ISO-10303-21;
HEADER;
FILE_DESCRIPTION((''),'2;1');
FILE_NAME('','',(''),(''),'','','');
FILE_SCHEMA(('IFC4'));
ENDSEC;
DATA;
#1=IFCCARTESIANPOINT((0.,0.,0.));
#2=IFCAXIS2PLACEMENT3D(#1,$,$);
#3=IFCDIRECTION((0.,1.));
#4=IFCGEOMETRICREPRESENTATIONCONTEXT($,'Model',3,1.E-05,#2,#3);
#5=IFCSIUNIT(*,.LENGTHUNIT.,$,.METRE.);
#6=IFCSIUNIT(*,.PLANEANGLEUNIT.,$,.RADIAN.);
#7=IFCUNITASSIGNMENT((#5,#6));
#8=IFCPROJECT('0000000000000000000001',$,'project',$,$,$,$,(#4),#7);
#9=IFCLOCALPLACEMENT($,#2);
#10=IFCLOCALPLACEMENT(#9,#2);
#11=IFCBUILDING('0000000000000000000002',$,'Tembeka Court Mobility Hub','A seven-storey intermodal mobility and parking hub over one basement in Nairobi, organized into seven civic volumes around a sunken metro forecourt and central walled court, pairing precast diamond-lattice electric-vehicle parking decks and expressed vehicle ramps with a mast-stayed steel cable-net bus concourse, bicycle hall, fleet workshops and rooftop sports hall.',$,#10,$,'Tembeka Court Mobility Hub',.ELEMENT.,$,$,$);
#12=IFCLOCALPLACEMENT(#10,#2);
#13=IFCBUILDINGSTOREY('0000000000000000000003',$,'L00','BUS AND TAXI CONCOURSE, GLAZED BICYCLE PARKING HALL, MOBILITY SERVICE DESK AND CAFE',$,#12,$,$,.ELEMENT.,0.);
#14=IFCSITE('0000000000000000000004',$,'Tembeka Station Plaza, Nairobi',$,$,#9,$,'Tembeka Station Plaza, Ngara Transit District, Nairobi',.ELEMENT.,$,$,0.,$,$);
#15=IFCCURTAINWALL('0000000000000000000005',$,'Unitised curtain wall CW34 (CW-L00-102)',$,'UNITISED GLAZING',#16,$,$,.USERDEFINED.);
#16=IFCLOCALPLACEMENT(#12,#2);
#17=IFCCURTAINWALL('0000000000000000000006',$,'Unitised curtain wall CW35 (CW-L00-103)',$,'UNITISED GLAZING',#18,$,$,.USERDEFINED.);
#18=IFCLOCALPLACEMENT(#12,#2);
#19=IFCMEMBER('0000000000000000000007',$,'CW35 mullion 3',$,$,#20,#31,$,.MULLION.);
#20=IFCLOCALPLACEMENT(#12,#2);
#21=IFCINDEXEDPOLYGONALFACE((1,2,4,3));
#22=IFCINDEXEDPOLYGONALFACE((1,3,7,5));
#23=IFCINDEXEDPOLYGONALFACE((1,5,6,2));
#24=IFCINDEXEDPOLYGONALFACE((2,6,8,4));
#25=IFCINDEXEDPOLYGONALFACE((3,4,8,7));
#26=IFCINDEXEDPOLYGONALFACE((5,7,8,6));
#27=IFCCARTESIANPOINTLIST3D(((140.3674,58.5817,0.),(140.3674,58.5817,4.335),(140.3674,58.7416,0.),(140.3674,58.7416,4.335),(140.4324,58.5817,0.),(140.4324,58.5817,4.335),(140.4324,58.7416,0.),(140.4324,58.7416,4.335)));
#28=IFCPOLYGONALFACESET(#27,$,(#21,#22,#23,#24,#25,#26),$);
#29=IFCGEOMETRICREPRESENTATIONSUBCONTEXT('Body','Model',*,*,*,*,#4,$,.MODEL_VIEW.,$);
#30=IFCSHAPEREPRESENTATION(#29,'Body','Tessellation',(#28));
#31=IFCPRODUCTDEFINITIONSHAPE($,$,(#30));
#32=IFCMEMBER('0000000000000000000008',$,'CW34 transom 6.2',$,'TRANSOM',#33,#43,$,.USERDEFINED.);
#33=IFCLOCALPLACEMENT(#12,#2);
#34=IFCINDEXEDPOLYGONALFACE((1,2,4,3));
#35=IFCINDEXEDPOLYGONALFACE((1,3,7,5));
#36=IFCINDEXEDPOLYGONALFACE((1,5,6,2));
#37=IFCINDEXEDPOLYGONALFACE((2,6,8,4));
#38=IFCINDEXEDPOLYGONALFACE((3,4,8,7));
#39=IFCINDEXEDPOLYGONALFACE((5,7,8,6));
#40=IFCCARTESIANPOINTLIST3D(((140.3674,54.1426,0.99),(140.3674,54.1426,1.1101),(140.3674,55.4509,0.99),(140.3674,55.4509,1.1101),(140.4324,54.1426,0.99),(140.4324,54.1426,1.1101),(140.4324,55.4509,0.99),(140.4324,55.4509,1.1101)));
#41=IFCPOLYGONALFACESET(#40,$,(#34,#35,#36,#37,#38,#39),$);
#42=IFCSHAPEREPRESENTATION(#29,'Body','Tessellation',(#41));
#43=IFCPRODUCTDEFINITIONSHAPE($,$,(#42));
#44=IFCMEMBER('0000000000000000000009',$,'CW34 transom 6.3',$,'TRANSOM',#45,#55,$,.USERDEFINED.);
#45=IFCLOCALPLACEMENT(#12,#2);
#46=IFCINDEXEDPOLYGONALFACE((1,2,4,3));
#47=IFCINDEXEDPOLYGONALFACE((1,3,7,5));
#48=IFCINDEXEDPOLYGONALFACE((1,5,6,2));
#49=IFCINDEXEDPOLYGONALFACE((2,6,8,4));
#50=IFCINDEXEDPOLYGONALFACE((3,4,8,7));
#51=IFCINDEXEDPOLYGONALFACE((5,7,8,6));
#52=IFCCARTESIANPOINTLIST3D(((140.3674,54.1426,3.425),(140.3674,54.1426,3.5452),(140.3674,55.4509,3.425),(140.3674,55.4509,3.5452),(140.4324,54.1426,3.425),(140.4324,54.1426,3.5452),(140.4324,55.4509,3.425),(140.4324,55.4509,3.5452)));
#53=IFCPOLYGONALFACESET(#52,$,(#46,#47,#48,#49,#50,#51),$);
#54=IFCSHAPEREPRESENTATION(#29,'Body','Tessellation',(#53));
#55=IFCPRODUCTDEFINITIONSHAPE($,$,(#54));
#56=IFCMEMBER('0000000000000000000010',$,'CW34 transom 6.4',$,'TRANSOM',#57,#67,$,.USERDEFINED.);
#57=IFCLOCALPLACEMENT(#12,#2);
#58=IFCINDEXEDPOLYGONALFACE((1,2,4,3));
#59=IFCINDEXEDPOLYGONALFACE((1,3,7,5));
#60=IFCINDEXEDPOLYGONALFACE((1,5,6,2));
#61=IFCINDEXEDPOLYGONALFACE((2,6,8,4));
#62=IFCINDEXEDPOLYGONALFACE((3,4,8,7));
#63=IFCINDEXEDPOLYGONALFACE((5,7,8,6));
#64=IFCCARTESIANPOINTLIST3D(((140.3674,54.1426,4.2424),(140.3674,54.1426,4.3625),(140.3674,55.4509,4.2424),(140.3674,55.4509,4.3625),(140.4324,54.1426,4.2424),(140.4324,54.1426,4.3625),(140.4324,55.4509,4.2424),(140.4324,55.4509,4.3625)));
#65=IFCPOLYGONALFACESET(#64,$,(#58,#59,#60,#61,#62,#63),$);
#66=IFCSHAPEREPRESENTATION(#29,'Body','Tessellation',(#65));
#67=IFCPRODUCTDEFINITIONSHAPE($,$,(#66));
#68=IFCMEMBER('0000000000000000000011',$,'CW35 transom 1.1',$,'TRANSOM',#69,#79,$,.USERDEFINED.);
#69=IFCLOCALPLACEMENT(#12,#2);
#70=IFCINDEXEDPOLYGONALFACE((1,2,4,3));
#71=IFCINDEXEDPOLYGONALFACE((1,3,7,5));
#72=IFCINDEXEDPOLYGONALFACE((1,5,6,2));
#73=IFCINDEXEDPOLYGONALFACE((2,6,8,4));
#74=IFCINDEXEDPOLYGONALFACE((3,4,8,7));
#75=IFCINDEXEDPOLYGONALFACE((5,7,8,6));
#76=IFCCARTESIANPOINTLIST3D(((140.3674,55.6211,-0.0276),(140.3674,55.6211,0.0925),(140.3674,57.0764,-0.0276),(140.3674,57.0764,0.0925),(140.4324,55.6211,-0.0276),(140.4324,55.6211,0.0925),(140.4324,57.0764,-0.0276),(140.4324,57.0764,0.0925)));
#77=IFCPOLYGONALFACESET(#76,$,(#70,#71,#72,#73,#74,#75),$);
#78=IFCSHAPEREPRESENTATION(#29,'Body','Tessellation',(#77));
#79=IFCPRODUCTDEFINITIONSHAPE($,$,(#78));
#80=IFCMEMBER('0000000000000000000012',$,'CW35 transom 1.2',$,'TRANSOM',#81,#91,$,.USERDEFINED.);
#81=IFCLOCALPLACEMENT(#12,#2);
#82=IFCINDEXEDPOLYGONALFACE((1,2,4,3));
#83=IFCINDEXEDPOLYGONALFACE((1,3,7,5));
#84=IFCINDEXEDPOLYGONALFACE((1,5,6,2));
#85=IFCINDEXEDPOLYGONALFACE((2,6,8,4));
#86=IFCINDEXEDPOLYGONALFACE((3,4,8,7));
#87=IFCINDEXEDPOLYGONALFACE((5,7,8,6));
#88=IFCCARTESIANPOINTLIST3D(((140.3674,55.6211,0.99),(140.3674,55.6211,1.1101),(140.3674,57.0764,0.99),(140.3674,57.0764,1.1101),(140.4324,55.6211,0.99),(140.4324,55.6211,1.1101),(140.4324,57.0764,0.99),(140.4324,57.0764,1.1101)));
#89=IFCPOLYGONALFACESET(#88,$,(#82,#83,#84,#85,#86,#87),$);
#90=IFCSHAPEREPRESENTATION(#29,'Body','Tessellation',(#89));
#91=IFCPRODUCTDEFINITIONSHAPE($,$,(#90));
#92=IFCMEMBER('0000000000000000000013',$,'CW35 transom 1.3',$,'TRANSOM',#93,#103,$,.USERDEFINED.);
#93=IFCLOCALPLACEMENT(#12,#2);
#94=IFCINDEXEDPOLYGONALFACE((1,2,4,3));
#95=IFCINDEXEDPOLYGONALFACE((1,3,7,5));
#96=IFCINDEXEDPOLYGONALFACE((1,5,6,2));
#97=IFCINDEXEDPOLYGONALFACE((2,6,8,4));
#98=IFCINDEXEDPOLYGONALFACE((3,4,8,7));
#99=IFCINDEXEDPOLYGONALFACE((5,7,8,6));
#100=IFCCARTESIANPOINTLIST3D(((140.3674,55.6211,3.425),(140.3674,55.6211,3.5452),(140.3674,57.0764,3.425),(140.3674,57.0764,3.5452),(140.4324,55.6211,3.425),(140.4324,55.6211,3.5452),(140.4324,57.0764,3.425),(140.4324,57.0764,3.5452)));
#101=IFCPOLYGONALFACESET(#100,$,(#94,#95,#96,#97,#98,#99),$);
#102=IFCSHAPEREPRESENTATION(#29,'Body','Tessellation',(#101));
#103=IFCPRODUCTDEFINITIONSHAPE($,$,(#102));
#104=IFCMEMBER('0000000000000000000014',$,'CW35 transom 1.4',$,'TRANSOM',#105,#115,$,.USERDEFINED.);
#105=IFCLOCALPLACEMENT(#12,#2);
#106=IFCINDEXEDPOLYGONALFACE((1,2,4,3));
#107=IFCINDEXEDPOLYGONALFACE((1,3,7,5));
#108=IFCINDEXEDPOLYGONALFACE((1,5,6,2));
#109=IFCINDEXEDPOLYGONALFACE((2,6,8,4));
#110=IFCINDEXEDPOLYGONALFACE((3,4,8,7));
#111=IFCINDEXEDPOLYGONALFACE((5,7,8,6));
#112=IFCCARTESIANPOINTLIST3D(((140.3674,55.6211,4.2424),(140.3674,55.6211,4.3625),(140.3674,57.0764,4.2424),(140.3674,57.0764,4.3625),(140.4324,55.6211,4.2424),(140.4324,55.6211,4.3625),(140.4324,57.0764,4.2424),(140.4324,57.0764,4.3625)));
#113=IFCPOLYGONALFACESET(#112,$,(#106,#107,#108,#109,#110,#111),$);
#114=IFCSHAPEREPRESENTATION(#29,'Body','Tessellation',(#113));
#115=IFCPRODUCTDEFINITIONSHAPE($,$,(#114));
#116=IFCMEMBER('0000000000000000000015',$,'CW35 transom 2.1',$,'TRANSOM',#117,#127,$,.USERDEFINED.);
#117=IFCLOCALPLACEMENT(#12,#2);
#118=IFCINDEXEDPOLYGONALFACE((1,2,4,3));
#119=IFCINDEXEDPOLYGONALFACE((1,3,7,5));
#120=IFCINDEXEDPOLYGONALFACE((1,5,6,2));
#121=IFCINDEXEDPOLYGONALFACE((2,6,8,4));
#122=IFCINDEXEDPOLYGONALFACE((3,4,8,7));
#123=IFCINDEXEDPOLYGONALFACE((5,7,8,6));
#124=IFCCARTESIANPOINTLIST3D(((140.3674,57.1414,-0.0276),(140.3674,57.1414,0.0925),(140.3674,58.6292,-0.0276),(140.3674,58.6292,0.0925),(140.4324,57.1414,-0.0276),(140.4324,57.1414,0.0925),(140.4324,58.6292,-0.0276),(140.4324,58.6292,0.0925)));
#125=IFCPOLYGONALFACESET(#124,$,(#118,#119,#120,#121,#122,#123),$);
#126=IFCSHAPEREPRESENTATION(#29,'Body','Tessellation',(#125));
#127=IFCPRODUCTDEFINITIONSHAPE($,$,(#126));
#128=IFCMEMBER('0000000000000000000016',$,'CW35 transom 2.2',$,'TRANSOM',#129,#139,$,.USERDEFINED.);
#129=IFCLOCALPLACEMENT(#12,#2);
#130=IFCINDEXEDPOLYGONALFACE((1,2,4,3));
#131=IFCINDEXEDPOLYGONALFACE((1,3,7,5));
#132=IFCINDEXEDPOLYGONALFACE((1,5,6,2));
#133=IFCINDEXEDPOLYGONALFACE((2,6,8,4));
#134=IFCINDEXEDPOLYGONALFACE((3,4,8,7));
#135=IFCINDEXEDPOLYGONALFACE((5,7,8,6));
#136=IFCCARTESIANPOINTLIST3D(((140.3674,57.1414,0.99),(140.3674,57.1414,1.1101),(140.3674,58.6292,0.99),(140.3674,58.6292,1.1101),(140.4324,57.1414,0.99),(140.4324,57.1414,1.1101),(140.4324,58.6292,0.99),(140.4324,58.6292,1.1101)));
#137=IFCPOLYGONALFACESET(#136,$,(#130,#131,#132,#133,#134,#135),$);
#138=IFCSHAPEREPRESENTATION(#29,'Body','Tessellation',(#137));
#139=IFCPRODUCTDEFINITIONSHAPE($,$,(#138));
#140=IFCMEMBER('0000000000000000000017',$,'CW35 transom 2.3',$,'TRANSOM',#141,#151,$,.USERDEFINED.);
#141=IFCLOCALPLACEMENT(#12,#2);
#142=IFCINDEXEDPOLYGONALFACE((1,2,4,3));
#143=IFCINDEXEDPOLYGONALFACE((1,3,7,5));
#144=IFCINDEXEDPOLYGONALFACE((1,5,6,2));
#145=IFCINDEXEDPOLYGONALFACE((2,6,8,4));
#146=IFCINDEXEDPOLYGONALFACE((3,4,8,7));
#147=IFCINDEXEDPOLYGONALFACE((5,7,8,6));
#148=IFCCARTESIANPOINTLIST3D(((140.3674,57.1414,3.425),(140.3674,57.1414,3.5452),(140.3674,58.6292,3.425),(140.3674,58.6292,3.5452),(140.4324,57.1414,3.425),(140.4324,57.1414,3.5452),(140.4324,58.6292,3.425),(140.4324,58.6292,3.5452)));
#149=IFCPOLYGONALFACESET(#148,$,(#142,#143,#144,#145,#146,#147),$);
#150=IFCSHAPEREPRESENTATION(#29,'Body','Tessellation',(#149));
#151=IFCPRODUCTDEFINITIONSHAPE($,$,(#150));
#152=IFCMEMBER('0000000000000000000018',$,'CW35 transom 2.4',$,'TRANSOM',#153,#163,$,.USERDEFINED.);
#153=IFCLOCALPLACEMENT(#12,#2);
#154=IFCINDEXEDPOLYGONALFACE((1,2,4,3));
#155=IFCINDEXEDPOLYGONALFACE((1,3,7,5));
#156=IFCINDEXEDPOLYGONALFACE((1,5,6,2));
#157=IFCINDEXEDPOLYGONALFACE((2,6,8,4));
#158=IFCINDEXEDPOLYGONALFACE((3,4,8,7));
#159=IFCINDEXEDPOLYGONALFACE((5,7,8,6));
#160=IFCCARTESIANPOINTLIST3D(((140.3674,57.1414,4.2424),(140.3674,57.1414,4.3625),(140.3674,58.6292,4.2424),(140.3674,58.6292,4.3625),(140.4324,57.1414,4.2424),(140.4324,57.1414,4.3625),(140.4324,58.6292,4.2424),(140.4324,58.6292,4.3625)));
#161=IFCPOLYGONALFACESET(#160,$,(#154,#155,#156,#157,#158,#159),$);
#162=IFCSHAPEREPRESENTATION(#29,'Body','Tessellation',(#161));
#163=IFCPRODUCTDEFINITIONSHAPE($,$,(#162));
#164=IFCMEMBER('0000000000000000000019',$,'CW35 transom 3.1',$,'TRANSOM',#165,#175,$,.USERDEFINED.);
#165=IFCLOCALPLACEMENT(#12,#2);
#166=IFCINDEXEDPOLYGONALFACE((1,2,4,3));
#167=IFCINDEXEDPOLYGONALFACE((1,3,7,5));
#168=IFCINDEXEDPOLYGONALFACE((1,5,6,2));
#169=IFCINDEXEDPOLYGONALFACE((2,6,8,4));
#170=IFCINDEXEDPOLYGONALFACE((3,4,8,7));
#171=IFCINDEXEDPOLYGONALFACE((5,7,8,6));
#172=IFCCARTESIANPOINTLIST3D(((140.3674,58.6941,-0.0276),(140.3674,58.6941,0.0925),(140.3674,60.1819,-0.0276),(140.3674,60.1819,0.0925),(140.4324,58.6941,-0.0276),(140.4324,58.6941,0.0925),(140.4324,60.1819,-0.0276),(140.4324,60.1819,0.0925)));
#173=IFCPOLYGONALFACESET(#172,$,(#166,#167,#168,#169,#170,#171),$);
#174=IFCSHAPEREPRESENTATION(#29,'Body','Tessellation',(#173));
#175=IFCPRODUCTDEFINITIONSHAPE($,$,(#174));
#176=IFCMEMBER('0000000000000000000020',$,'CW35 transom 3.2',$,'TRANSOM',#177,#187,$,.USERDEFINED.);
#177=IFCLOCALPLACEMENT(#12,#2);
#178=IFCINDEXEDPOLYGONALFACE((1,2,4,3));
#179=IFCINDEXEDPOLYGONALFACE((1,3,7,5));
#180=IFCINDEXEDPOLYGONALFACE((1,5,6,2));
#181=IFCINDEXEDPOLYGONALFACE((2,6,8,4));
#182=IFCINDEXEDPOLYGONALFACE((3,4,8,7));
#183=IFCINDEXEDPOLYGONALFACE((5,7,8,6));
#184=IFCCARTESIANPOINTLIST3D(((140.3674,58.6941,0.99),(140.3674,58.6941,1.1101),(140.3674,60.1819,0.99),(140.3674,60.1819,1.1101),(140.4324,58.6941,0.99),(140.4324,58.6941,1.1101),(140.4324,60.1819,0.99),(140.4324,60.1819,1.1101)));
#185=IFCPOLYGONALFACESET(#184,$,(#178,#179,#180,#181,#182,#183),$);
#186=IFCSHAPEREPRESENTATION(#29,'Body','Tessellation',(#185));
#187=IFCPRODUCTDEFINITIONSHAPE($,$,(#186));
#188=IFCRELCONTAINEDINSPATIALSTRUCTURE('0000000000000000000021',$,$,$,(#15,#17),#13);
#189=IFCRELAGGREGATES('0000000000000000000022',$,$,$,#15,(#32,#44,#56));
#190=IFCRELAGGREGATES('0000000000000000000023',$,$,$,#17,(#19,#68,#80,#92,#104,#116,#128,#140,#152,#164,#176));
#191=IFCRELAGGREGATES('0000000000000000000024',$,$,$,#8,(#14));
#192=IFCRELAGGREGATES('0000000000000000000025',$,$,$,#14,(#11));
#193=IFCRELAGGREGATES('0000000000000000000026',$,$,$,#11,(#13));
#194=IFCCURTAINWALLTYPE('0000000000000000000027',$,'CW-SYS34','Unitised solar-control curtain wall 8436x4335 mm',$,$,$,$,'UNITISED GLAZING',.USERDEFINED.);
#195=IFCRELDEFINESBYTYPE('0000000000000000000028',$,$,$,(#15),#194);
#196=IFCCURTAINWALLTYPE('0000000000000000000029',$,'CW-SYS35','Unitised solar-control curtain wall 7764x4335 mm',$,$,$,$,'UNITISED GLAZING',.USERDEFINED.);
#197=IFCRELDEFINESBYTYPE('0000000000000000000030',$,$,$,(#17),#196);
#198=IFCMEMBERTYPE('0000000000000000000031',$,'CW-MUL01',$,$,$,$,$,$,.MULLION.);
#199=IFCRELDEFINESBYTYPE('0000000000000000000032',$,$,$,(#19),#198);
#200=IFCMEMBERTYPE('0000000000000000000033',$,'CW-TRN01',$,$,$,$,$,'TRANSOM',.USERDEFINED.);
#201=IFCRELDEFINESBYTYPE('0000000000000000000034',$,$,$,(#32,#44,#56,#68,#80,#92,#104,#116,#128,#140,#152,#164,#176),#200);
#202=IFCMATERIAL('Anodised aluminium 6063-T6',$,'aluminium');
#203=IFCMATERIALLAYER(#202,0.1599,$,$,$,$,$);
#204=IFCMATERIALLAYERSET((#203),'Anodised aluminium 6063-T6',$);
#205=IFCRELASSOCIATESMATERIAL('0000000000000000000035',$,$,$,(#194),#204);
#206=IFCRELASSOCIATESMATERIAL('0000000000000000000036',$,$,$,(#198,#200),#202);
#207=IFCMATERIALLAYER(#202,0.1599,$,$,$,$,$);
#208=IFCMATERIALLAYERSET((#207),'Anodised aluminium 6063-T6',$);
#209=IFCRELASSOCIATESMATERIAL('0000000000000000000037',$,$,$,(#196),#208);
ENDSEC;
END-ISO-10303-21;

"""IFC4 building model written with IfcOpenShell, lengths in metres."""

from ifc_helpers import new_model, si_unit, direction, frame, origin, origin_2d, place, context, subcontext, project, spatial, rectangle, extrude, material, layer, layer_set, material_profile, profile_set, type_object, element, aggregate, save


model = new_model("IFC4")

# Units and contexts
model_context = context("Model", 3, precision=1e-05, world=origin(), true_north=direction((0.0, 1.0)))
body_context = subcontext(model_context, "Body", "Model", "MODEL_VIEW")
ifc_project = project(units=[si_unit("LENGTHUNIT", "METRE"), si_unit("PLANEANGLEUNIT", "RADIAN")], contexts=[model_context])

# Site, building, storey
site_placement = place(None, origin())
site = spatial("IfcSite", under=ifc_project, at=site_placement, Name="Tembeka Station Plaza, Nairobi", LongName="Tembeka Station Plaza, Ngara Transit District, Nairobi", CompositionType="ELEMENT", RefElevation=0.0)
building_placement = place(site_placement, origin())
building = spatial("IfcBuilding", under=site, at=building_placement, Name="Tembeka Court Mobility Hub", Description="A seven-storey intermodal mobility and parking hub over one basement in Nairobi, organized into seven civic volumes around a sunken metro forecourt and central walled court, pairing precast diamond-lattice electric-vehicle parking decks and expressed vehicle ramps with a mast-stayed steel cable-net bus concourse, bicycle hall, fleet workshops and rooftop sports hall.", LongName="Tembeka Court Mobility Hub", CompositionType="ELEMENT")
storey_placement = place(building_placement, origin())
storey = spatial("IfcBuildingStorey", under=building, at=storey_placement, Name="L00", Description="BUS AND TAXI CONCOURSE, GLAZED BICYCLE PARKING HALL, MOBILITY SERVICE DESK AND CAFE", CompositionType="ELEMENT", Elevation=0.0)

# Curtain wall
ifc_material_1 = material(Name="Anodised aluminium 6063-T6", Category="aluminium")
ifc_layer_1 = layer(ifc_material_1, 0.1599)
ifc_layer_set_1 = layer_set([ifc_layer_1], Name="Anodised aluminium 6063-T6")
curtain_wall_type_1 = type_object("IfcCurtainWallType", Name="CW-SYS34", Description="Unitised solar-control curtain wall 8436x4335 mm", ElementType="UNITISED GLAZING", PredefinedType="USERDEFINED", material=ifc_layer_set_1)
curtain_wall_1_placement = place(storey_placement, origin())
curtain_wall_1 = element("IfcCurtainWall", 1, at=curtain_wall_1_placement, inside=storey, type_object=curtain_wall_type_1, Name="Unitised curtain wall CW34 (CW-L00-102)", ObjectType="UNITISED GLAZING", PredefinedType="USERDEFINED")
ifc_material_profile_1 = material_profile(ifc_material_1, rectangle(XDim=0.0649, YDim=0.1599, at=origin_2d()), Name="ALU-MUL 65x160")
ifc_profile_set_1 = profile_set([ifc_material_profile_1], Name="Anodised aluminium 6063-T6")
member_type_1 = type_object("IfcMemberType", Name="CW-MUL01", PredefinedType="MULLION", material=ifc_profile_set_1)

# Curtain wall, member
ifc_layer_2 = layer(ifc_material_1, 0.1599)
ifc_layer_set_2 = layer_set([ifc_layer_2], Name="Anodised aluminium 6063-T6")
curtain_wall_type_2 = type_object("IfcCurtainWallType", Name="CW-SYS35", Description="Unitised solar-control curtain wall 7764x4335 mm", ElementType="UNITISED GLAZING", PredefinedType="USERDEFINED", material=ifc_layer_set_2)
curtain_wall_2_placement = place(storey_placement, origin())
curtain_wall_2 = element("IfcCurtainWall", 2, at=curtain_wall_2_placement, inside=storey, type_object=curtain_wall_type_2, Name="Unitised curtain wall CW35 (CW-L00-103)", ObjectType="UNITISED GLAZING", PredefinedType="USERDEFINED")
member_1_placement = place(storey_placement, frame((140.3999, 58.6616, 0.0), z_axis=(0.0, 0.0, 1.0), x_axis=(-1.0, 0.0, 0.0)))
member_1 = element("IfcMember", 3, at=member_1_placement, type_object=member_type_1, Name="CW35 mullion 3", PredefinedType="MULLION", context=body_context, shape_type="SweptSolid", body=[
    extrude(rectangle(XDim=0.0649, YDim=0.1599, at=origin_2d()), origin(), (0.0, 0.0, 1.0), 4.335),
])

# Members
ifc_material_profile_2 = material_profile(ifc_material_1, rectangle(XDim=0.0649, YDim=0.1201, at=origin_2d()), Name="ALU-TRN 65x120")
ifc_profile_set_2 = profile_set([ifc_material_profile_2], Name="Anodised aluminium 6063-T6")
member_type_2 = type_object("IfcMemberType", Name="CW-TRN01", ElementType="TRANSOM", PredefinedType="USERDEFINED", material=ifc_profile_set_2)
member_2_placement = place(storey_placement, frame((140.3999, 54.1426, 1.05), z_axis=(0.0, 1.0, 0.0), x_axis=(-1.0, 0.0, 0.0)))
member_2 = element("IfcMember", 4, at=member_2_placement, type_object=member_type_2, Name="CW34 transom 6.2", ObjectType="TRANSOM", PredefinedType="USERDEFINED", context=body_context, shape_type="SweptSolid", body=[
    extrude(rectangle(XDim=0.0649, YDim=0.1201, at=origin_2d()), origin(), (0.0, 0.0, 1.0), 1.3083),
])
member_3_placement = place(storey_placement, frame((140.3999, 54.1426, 3.4851), z_axis=(0.0, 1.0, 0.0), x_axis=(-1.0, 0.0, 0.0)))
member_3 = element("IfcMember", 5, at=member_3_placement, type_object=member_type_2, Name="CW34 transom 6.3", ObjectType="TRANSOM", PredefinedType="USERDEFINED", context=body_context, shape_type="SweptSolid", body=[
    extrude(rectangle(XDim=0.0649, YDim=0.1201, at=origin_2d()), origin(), (0.0, 0.0, 1.0), 1.3083),
])
member_4_placement = place(storey_placement, frame((140.3999, 54.1426, 4.3025), z_axis=(0.0, 1.0, 0.0), x_axis=(-1.0, 0.0, 0.0)))
member_4 = element("IfcMember", 6, at=member_4_placement, type_object=member_type_2, Name="CW34 transom 6.4", ObjectType="TRANSOM", PredefinedType="USERDEFINED", context=body_context, shape_type="SweptSolid", body=[
    extrude(rectangle(XDim=0.0649, YDim=0.1201, at=origin_2d()), origin(), (0.0, 0.0, 1.0), 1.3083),
])
member_5_placement = place(storey_placement, frame((140.3999, 55.6211, 0.0325), z_axis=(0.0, 1.0, 0.0), x_axis=(-1.0, 0.0, 0.0)))
member_5 = element("IfcMember", 7, at=member_5_placement, type_object=member_type_2, Name="CW35 transom 1.1", ObjectType="TRANSOM", PredefinedType="USERDEFINED", context=body_context, shape_type="SweptSolid", body=[
    extrude(rectangle(XDim=0.0649, YDim=0.1201, at=origin_2d()), origin(), (0.0, 0.0, 1.0), 1.4553),
])
member_6_placement = place(storey_placement, frame((140.3999, 55.6211, 1.05), z_axis=(0.0, 1.0, 0.0), x_axis=(-1.0, 0.0, 0.0)))
member_6 = element("IfcMember", 8, at=member_6_placement, type_object=member_type_2, Name="CW35 transom 1.2", ObjectType="TRANSOM", PredefinedType="USERDEFINED", context=body_context, shape_type="SweptSolid", body=[
    extrude(rectangle(XDim=0.0649, YDim=0.1201, at=origin_2d()), origin(), (0.0, 0.0, 1.0), 1.4553),
])
member_7_placement = place(storey_placement, frame((140.3999, 55.6211, 3.4851), z_axis=(0.0, 1.0, 0.0), x_axis=(-1.0, 0.0, 0.0)))
member_7 = element("IfcMember", 9, at=member_7_placement, type_object=member_type_2, Name="CW35 transom 1.3", ObjectType="TRANSOM", PredefinedType="USERDEFINED", context=body_context, shape_type="SweptSolid", body=[
    extrude(rectangle(XDim=0.0649, YDim=0.1201, at=origin_2d()), origin(), (0.0, 0.0, 1.0), 1.4553),
])
member_8_placement = place(storey_placement, frame((140.3999, 55.6211, 4.3025), z_axis=(0.0, 1.0, 0.0), x_axis=(-1.0, 0.0, 0.0)))
member_8 = element("IfcMember", 10, at=member_8_placement, type_object=member_type_2, Name="CW35 transom 1.4", ObjectType="TRANSOM", PredefinedType="USERDEFINED", context=body_context, shape_type="SweptSolid", body=[
    extrude(rectangle(XDim=0.0649, YDim=0.1201, at=origin_2d()), origin(), (0.0, 0.0, 1.0), 1.4553),
])
member_9_placement = place(storey_placement, frame((140.3999, 57.1414, 0.0325), z_axis=(0.0, 1.0, 0.0), x_axis=(-1.0, 0.0, 0.0)))
member_9 = element("IfcMember", 11, at=member_9_placement, type_object=member_type_2, Name="CW35 transom 2.1", ObjectType="TRANSOM", PredefinedType="USERDEFINED", context=body_context, shape_type="SweptSolid", body=[
    extrude(rectangle(XDim=0.0649, YDim=0.1201, at=origin_2d()), origin(), (0.0, 0.0, 1.0), 1.4878),
])
member_10_placement = place(storey_placement, frame((140.3999, 57.1414, 1.05), z_axis=(0.0, 1.0, 0.0), x_axis=(-1.0, 0.0, 0.0)))
member_10 = element("IfcMember", 12, at=member_10_placement, type_object=member_type_2, Name="CW35 transom 2.2", ObjectType="TRANSOM", PredefinedType="USERDEFINED", context=body_context, shape_type="SweptSolid", body=[
    extrude(rectangle(XDim=0.0649, YDim=0.1201, at=origin_2d()), origin(), (0.0, 0.0, 1.0), 1.4878),
])
member_11_placement = place(storey_placement, frame((140.3999, 57.1414, 3.4851), z_axis=(0.0, 1.0, 0.0), x_axis=(-1.0, 0.0, 0.0)))
member_11 = element("IfcMember", 13, at=member_11_placement, type_object=member_type_2, Name="CW35 transom 2.3", ObjectType="TRANSOM", PredefinedType="USERDEFINED", context=body_context, shape_type="SweptSolid", body=[
    extrude(rectangle(XDim=0.0649, YDim=0.1201, at=origin_2d()), origin(), (0.0, 0.0, 1.0), 1.4878),
])
member_12_placement = place(storey_placement, frame((140.3999, 57.1414, 4.3025), z_axis=(0.0, 1.0, 0.0), x_axis=(-1.0, 0.0, 0.0)))
member_12 = element("IfcMember", 14, at=member_12_placement, type_object=member_type_2, Name="CW35 transom 2.4", ObjectType="TRANSOM", PredefinedType="USERDEFINED", context=body_context, shape_type="SweptSolid", body=[
    extrude(rectangle(XDim=0.0649, YDim=0.1201, at=origin_2d()), origin(), (0.0, 0.0, 1.0), 1.4878),
])
member_13_placement = place(storey_placement, frame((140.3999, 58.6941, 0.0325), z_axis=(0.0, 1.0, 0.0), x_axis=(-1.0, 0.0, 0.0)))
member_13 = element("IfcMember", 15, at=member_13_placement, type_object=member_type_2, Name="CW35 transom 3.1", ObjectType="TRANSOM", PredefinedType="USERDEFINED", context=body_context, shape_type="SweptSolid", body=[
    extrude(rectangle(XDim=0.0649, YDim=0.1201, at=origin_2d()), origin(), (0.0, 0.0, 1.0), 1.4878),
])
member_14_placement = place(storey_placement, frame((140.3999, 58.6941, 1.05), z_axis=(0.0, 1.0, 0.0), x_axis=(-1.0, 0.0, 0.0)))
member_14 = element("IfcMember", 16, at=member_14_placement, type_object=member_type_2, Name="CW35 transom 3.2", ObjectType="TRANSOM", PredefinedType="USERDEFINED", context=body_context, shape_type="SweptSolid", body=[
    extrude(rectangle(XDim=0.0649, YDim=0.1201, at=origin_2d()), origin(), (0.0, 0.0, 1.0), 1.4878),
])

aggregate(curtain_wall_1, [member_2, member_3, member_4])
aggregate(curtain_wall_2, [member_1, member_5, member_6, member_7, member_8, member_9, member_10, member_11, member_12, member_13, member_14])

save(model, "model.ifc")
